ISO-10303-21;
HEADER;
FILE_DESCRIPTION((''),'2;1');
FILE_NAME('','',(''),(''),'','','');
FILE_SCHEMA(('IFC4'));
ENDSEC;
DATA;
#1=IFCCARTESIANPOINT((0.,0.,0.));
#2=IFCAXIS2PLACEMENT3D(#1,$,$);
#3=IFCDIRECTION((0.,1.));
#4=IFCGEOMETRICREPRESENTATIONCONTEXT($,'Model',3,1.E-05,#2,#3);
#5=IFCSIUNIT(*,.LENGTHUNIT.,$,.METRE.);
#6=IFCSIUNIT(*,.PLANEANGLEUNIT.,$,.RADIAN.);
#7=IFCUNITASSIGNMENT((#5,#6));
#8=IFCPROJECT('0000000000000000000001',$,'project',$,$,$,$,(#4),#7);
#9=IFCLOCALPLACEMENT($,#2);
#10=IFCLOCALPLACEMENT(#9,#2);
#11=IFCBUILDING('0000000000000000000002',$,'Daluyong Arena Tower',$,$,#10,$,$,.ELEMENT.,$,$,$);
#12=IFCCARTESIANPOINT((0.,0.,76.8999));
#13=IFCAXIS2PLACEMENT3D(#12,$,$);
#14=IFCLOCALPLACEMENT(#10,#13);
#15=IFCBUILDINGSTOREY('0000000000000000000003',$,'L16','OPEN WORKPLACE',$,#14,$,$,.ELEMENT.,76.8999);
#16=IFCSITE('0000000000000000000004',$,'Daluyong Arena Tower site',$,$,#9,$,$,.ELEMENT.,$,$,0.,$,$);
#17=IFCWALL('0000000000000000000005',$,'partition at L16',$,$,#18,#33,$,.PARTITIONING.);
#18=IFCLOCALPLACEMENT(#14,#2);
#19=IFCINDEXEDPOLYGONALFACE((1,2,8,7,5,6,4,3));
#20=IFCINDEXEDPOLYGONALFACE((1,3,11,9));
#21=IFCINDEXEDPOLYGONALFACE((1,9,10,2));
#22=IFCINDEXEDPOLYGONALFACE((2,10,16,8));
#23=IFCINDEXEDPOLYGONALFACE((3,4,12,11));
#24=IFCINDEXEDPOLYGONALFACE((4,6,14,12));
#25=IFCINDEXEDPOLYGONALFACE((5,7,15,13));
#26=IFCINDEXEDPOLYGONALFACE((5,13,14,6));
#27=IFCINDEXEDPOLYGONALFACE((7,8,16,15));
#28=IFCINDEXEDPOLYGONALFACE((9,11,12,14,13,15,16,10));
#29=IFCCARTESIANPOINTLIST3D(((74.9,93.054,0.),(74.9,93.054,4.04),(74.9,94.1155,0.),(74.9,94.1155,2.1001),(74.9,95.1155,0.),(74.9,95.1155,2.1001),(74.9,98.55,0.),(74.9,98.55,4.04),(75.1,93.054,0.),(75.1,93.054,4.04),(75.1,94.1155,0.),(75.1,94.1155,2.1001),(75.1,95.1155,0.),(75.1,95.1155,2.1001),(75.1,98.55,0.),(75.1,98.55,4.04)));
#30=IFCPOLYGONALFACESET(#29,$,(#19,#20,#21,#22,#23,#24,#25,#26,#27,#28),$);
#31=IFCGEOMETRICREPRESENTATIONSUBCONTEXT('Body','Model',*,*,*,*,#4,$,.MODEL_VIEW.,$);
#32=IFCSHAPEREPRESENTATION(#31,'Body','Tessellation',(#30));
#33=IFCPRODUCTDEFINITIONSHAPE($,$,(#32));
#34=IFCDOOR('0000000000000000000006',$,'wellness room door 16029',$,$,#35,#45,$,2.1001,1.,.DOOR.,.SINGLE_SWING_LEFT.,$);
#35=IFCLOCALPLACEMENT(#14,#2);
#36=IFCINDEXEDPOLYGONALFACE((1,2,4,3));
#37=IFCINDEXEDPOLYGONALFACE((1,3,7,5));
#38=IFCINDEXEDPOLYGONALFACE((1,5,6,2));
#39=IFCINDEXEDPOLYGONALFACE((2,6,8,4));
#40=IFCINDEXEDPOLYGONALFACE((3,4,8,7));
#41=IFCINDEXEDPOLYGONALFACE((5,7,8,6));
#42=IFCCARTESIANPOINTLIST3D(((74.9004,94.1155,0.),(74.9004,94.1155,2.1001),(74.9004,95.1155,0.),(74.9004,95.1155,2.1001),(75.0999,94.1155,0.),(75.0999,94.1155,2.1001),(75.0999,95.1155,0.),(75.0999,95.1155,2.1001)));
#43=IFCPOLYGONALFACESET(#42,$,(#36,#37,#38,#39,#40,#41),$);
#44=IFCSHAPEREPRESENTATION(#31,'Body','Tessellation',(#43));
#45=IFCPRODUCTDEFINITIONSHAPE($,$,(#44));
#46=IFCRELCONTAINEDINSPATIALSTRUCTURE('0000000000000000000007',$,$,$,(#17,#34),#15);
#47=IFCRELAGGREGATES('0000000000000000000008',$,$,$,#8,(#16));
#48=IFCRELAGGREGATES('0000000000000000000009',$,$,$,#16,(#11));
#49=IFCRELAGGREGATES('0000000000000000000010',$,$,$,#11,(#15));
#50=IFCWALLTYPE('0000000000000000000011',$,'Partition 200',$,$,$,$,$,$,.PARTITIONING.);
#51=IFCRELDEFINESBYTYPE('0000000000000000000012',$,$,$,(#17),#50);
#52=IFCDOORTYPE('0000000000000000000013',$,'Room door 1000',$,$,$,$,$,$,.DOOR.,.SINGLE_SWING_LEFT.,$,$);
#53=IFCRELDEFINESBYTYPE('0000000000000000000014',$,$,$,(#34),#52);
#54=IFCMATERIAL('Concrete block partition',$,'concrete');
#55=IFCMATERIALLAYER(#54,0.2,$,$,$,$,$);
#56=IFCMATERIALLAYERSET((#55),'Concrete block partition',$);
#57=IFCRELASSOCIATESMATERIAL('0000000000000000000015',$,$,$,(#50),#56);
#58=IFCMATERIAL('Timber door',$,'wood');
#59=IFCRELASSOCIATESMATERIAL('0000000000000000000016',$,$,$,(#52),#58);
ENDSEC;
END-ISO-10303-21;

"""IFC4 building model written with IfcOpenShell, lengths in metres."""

from ifc_helpers import new_model, si_unit, direction, frame, frame_2d, origin, place, context, subcontext, project, spatial, rectangle, extrude, material, layer, layer_set, type_object, element, fill, save


model = new_model("IFC4")

# Units and contexts
model_context = context("Model", 3, precision=1e-05, world=origin(), true_north=direction((0.0, 1.0)))
body_context = subcontext(model_context, "Body", "Model", "MODEL_VIEW")
ifc_project = project(units=[si_unit("LENGTHUNIT", "METRE"), si_unit("PLANEANGLEUNIT", "RADIAN")], contexts=[model_context])

# Site, building, storey
site_placement = place(None, origin())
site = spatial("IfcSite", under=ifc_project, at=site_placement, Name="Daluyong Arena Tower site", CompositionType="ELEMENT", RefElevation=0.0)
building_placement = place(site_placement, origin())
building = spatial("IfcBuilding", under=site, at=building_placement, Name="Daluyong Arena Tower", CompositionType="ELEMENT")
storey_placement = place(building_placement, frame((0.0, 0.0, 76.8999)))
storey = spatial("IfcBuildingStorey", under=building, at=storey_placement, Name="L16", Description="OPEN WORKPLACE", CompositionType="ELEMENT", Elevation=76.8999)

# Shared definitions
ifc_material_1 = material(Name="Concrete block partition", Category="concrete")
ifc_layer_1 = layer(ifc_material_1, 0.2)
ifc_layer_set_1 = layer_set([ifc_layer_1], Name="Concrete block partition")
wall_type_1 = type_object("IfcWallType", Name="Partition 200", PredefinedType="PARTITIONING", material=ifc_layer_set_1)

# Wall, opening, door
wall_1_placement = place(storey_placement, frame((75.0, 93.054, 0.0), z_axis=(0.0, 0.0, 1.0), x_axis=(0.0, 1.0, 0.0)))
wall_1 = element("IfcWall", 1, at=wall_1_placement, inside=storey, type_object=wall_type_1, Name="partition at L16", PredefinedType="PARTITIONING", context=body_context, shape_type="SweptSolid", body=[
    extrude(rectangle(XDim=5.4961, YDim=0.2, at=frame_2d((2.748, 0.0))), origin(), (0.0, 0.0, 1.0), 4.04),
])
opening_1_placement = place(wall_1_placement, frame((1.0615, 0.0, 0.0)))
opening_1 = element("IfcOpeningElement", 2, at=opening_1_placement, cuts=wall_1, PredefinedType="OPENING", context=body_context, shape_type="SweptSolid", body=[
    extrude(rectangle(XDim=1.0, YDim=2.1001, at=frame_2d((0.5, 1.05))), frame((0.0, 0.1099, 0.0), z_axis=(0.0, -1.0, 0.0), x_axis=(1.0, 0.0, 0.0)), (0.0, 0.0, 1.0), 0.22),
])
ifc_material_2 = material(Name="Timber door", Category="wood")
door_type_1 = type_object("IfcDoorType", Name="Room door 1000", OperationType="SINGLE_SWING_LEFT", PredefinedType="DOOR", material=ifc_material_2)
door_1_placement = place(opening_1_placement, origin())
door_1 = element("IfcDoor", 3, at=door_1_placement, inside=storey, type_object=door_type_1, Name="wellness room door 16029", OperationType="SINGLE_SWING_LEFT", OverallHeight=2.1001, OverallWidth=1.0, PredefinedType="DOOR", context=body_context, shape_type="SweptSolid", body=[
    extrude(rectangle(XDim=1.0, YDim=2.1001, at=frame_2d((0.5, 1.05))), frame((0.0, 0.0996, 0.0), z_axis=(0.0, -1.0, 0.0), x_axis=(1.0, 0.0, 0.0)), (0.0, 0.0, 1.0), 0.1995),
])
fill(opening_1, door_1)

save(model, "model.ifc")
